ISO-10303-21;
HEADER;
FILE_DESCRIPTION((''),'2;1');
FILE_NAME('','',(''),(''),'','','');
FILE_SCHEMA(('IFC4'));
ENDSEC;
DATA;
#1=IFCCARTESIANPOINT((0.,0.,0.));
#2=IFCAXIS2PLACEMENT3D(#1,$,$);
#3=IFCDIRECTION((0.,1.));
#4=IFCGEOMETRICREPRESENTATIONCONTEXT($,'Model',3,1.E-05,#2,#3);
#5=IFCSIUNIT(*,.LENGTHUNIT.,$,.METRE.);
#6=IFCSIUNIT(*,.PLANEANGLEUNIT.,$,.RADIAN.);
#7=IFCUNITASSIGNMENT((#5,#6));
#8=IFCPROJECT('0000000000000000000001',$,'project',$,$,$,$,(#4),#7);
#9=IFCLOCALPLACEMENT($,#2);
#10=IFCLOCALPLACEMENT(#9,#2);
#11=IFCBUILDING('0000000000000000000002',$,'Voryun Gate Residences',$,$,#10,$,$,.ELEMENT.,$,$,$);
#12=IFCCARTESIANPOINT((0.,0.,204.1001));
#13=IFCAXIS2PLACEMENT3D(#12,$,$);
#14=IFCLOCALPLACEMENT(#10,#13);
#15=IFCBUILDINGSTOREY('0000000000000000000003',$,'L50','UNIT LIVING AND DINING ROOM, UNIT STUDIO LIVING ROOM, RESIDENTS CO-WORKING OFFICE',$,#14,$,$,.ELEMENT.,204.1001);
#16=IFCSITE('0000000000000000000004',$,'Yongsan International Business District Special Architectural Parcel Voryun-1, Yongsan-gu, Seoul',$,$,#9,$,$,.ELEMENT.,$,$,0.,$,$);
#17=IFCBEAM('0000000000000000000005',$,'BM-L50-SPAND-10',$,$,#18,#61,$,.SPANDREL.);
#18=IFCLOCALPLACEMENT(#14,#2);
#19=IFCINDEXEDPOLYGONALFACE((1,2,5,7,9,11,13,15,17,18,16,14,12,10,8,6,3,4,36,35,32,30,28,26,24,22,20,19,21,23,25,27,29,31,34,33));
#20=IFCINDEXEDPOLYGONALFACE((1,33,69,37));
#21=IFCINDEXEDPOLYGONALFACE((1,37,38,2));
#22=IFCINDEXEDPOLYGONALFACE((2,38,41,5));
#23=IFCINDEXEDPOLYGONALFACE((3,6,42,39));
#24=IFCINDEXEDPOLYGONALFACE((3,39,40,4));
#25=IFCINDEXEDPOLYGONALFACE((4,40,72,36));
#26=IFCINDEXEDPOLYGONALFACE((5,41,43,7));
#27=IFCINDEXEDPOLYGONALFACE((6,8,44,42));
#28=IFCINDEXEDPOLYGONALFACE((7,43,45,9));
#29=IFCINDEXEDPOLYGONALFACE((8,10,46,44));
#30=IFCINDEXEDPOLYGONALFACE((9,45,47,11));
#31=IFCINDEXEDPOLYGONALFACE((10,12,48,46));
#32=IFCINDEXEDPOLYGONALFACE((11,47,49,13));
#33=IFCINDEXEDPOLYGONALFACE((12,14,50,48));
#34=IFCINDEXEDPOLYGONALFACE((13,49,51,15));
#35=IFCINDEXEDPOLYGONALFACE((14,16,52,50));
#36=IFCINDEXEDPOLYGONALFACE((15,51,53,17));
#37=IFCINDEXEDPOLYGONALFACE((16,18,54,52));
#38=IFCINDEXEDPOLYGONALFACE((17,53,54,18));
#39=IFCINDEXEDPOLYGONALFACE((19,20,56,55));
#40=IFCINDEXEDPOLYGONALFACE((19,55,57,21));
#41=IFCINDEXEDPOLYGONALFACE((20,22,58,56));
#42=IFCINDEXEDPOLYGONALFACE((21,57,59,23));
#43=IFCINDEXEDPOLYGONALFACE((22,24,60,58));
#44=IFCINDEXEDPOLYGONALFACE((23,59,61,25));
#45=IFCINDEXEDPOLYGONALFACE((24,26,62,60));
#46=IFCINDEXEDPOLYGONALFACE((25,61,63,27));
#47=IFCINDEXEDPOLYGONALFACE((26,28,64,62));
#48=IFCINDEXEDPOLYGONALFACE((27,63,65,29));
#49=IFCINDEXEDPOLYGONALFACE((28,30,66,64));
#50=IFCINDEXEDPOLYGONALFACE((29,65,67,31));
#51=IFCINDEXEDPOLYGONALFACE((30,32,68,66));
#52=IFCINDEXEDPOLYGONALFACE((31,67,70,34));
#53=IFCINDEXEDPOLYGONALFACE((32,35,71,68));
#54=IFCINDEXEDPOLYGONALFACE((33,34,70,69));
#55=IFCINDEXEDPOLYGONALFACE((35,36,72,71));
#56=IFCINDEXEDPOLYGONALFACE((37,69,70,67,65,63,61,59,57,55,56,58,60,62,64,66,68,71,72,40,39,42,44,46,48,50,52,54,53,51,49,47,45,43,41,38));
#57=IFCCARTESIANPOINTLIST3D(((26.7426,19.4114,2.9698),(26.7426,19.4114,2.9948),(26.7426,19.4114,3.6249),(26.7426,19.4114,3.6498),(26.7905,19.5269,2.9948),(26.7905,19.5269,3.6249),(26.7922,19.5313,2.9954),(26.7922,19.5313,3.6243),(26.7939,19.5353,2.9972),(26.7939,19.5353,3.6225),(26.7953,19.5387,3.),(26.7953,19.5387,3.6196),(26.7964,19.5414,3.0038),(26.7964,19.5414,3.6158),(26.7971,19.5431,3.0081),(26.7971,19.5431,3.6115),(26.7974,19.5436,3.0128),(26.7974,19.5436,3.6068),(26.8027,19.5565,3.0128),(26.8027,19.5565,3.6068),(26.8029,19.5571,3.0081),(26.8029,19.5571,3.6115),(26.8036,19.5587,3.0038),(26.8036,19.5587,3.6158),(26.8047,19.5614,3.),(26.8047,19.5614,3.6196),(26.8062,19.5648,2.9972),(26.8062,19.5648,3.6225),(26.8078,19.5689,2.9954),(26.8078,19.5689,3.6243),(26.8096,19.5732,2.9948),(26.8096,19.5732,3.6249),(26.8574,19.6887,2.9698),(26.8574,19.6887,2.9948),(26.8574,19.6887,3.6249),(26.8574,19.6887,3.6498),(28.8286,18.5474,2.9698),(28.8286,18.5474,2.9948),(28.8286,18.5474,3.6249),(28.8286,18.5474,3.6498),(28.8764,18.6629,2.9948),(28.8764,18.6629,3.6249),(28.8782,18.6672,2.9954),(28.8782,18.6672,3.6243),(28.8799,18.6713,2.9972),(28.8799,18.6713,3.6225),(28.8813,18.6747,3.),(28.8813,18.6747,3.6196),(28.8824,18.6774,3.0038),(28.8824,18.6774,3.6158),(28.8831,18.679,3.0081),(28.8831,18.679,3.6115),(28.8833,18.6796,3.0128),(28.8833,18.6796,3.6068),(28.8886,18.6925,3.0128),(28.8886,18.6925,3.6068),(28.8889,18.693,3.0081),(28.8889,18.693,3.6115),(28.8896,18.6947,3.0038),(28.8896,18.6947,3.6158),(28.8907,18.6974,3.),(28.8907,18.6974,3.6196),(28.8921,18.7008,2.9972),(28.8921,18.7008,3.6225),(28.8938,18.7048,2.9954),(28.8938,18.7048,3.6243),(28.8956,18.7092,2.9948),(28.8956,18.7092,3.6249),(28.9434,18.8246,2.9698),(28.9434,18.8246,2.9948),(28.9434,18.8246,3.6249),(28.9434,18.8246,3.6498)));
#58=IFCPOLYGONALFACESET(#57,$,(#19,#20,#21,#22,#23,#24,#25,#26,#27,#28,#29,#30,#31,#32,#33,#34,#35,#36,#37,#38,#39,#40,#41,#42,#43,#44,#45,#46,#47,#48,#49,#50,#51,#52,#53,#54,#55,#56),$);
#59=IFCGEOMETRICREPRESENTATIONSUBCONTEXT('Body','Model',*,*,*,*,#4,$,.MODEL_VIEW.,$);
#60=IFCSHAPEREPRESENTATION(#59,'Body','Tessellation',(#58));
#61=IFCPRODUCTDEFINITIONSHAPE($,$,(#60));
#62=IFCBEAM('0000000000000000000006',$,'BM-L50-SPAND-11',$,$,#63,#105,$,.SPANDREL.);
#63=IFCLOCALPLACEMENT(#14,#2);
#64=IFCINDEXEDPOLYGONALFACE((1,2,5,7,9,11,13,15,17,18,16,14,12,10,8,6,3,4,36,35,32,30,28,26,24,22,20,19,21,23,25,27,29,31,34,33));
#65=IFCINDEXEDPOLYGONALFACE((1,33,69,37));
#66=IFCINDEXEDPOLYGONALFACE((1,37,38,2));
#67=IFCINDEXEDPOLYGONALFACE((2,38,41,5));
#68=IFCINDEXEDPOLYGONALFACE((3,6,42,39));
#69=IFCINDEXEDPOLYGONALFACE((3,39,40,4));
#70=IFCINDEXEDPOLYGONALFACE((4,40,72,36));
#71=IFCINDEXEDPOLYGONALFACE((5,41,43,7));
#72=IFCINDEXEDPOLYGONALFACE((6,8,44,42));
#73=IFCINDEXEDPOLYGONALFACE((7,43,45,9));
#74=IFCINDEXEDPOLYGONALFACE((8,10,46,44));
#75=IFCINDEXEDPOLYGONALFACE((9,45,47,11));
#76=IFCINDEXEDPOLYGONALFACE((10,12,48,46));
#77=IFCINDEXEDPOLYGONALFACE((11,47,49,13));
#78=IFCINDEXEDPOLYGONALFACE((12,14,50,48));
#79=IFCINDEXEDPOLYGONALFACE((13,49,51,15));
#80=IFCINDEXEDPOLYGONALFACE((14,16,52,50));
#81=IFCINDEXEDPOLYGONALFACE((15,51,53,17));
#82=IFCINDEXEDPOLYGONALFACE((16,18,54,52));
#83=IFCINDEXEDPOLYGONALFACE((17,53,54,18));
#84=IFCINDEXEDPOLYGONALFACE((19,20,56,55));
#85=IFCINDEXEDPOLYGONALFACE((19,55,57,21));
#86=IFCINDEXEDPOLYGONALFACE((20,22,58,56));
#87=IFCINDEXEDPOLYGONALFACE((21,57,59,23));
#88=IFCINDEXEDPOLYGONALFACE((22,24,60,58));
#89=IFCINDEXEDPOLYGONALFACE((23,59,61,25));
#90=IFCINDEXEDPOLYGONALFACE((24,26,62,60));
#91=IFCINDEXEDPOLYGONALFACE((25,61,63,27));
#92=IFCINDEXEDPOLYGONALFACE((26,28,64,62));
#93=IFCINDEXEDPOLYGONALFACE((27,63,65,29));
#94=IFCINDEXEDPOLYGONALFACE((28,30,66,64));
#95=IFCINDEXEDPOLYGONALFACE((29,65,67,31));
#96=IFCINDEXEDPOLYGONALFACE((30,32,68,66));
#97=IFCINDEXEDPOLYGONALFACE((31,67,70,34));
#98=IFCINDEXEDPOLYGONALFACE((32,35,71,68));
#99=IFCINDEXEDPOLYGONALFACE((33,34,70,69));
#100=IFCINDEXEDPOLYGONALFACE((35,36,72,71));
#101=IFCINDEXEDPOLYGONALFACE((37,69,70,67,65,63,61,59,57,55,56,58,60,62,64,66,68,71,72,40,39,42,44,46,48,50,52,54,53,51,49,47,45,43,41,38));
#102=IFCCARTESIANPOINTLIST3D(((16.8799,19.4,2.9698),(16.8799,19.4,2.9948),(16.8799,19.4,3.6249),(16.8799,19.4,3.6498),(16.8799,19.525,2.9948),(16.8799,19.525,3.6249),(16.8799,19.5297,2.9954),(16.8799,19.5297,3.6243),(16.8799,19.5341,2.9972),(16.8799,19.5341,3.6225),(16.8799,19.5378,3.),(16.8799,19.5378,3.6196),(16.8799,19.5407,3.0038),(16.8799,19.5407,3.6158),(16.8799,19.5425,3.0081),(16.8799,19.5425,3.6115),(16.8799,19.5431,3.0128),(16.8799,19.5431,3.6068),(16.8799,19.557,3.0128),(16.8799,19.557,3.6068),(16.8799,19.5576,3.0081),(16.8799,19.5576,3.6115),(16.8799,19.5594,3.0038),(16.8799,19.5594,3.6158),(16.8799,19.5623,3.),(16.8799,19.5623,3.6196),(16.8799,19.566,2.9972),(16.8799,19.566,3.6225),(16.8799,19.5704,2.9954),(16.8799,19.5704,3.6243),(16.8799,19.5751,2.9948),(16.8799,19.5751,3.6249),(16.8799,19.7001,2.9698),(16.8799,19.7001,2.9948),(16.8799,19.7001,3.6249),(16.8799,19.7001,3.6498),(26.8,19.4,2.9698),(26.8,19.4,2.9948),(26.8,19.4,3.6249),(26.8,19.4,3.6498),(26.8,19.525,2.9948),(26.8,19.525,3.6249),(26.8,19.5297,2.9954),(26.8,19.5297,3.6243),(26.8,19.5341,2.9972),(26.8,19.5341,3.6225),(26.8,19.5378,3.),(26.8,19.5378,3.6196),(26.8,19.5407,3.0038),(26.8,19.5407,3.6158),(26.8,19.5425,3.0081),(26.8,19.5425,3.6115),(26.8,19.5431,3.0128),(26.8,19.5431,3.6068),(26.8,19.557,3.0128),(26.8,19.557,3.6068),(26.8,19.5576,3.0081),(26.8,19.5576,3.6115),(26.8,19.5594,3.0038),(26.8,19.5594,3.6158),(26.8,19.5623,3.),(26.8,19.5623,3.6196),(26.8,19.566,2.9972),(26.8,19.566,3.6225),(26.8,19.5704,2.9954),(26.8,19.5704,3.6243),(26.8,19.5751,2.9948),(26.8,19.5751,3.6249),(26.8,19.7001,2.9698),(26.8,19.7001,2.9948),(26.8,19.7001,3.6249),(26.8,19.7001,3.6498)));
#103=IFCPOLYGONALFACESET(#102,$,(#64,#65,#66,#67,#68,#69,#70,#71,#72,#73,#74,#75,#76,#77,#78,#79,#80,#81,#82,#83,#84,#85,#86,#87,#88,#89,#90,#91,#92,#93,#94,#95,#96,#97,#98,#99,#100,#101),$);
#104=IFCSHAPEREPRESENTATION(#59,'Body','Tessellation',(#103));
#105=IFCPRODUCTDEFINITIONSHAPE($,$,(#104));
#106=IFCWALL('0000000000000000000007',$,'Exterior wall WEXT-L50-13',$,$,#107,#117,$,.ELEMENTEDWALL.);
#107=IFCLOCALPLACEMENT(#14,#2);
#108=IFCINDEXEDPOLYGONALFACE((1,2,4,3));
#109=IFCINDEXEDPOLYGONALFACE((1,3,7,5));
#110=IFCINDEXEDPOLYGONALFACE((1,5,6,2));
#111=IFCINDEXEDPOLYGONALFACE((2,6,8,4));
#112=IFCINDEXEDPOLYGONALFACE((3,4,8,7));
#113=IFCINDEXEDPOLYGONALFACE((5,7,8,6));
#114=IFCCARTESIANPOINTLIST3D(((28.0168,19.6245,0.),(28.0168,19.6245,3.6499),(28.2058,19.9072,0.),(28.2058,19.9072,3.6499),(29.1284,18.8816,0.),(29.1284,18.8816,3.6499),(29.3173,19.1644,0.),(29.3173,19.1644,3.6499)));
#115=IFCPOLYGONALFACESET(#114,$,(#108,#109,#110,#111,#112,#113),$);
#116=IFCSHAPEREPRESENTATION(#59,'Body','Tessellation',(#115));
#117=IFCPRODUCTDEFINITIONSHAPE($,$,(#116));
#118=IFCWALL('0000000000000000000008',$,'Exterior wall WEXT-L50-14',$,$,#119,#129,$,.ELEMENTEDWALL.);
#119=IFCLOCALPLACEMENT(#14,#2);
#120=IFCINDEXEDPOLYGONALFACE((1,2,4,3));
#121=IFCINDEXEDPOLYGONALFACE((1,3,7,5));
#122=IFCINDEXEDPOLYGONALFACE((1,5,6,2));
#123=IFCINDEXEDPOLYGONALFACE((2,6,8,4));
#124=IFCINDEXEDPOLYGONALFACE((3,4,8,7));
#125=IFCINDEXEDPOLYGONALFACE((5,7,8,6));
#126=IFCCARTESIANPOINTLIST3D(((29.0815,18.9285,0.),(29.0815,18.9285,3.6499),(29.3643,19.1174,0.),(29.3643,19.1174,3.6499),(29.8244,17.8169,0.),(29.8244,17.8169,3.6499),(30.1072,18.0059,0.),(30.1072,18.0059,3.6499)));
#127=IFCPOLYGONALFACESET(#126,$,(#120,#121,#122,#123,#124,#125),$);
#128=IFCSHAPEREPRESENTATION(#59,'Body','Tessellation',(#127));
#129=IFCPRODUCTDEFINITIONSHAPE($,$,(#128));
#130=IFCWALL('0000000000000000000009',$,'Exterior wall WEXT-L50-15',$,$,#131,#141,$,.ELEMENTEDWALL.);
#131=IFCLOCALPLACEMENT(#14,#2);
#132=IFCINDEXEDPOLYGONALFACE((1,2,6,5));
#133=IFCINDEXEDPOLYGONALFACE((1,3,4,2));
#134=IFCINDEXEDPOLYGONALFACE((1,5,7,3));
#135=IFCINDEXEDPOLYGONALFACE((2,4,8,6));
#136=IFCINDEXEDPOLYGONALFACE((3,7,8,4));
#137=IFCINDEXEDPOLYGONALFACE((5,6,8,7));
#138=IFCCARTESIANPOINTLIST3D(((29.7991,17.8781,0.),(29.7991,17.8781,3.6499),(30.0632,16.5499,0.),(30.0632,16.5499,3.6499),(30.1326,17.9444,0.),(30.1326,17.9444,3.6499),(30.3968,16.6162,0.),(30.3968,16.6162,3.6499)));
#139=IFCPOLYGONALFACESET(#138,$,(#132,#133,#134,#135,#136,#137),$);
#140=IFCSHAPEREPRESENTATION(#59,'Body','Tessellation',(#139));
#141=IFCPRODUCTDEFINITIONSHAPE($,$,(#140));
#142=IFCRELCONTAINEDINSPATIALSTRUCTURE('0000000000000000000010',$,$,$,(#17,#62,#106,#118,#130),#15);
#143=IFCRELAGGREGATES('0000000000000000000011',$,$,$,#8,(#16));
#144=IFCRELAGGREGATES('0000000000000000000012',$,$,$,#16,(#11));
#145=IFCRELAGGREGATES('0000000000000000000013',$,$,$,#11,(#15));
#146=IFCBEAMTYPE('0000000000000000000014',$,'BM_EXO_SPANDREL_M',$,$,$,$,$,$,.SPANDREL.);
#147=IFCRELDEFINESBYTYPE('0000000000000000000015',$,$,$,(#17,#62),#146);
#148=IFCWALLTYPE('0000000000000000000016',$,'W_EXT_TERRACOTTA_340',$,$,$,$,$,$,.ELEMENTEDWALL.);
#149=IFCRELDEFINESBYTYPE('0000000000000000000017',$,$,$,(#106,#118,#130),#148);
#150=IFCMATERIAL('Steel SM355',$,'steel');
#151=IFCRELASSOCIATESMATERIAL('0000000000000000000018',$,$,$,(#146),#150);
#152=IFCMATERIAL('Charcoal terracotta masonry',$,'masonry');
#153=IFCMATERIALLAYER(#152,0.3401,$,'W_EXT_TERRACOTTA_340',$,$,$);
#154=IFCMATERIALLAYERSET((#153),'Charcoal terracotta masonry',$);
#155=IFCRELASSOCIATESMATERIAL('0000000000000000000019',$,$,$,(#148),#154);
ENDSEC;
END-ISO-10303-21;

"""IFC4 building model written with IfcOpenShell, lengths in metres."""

from ifc_helpers import new_model, si_unit, direction, frame, frame_2d, origin, origin_2d, place, context, subcontext, project, spatial, rectangle, i_section, extrude, material, layer, layer_set, material_profile, profile_set, type_object, element, save


model = new_model("IFC4")

# Units and contexts
model_context = context("Model", 3, precision=1e-05, world=origin(), true_north=direction((0.0, 1.0)))
body_context = subcontext(model_context, "Body", "Model", "MODEL_VIEW")
ifc_project = project(units=[si_unit("LENGTHUNIT", "METRE"), si_unit("PLANEANGLEUNIT", "RADIAN")], contexts=[model_context])

# Site, building, storey
site_placement = place(None, origin())
site = spatial("IfcSite", under=ifc_project, at=site_placement, Name="Yongsan International Business District Special Architectural Parcel Voryun-1, Yongsan-gu, Seoul", CompositionType="ELEMENT", RefElevation=0.0)
building_placement = place(site_placement, origin())
building = spatial("IfcBuilding", under=site, at=building_placement, Name="Voryun Gate Residences", CompositionType="ELEMENT")
storey_placement = place(building_placement, frame((0.0, 0.0, 204.1001)))
storey = spatial("IfcBuildingStorey", under=building, at=storey_placement, Name="L50", Description="UNIT LIVING AND DINING ROOM, UNIT STUDIO LIVING ROOM, RESIDENTS CO-WORKING OFFICE", CompositionType="ELEMENT", Elevation=204.1001)

# Beams
ifc_material_1 = material(Name="Steel SM355", Category="steel")
ifc_material_profile_1 = material_profile(ifc_material_1, i_section(OverallWidth=0.3, OverallDepth=0.6799, WebThickness=0.0139, FlangeThickness=0.0249, FilletRadius=0.0181, at=origin_2d()), Name="H-680x300x14x25")
ifc_profile_set_1 = profile_set([ifc_material_profile_1], Name="Steel SM355")
beam_type = type_object("IfcBeamType", Name="BM_EXO_SPANDREL_M", PredefinedType="SPANDREL", material=ifc_profile_set_1)
beam_1_placement = place(storey_placement, frame((28.886, 18.686, 3.3098), z_axis=(-0.923881, 0.38268, 0.0), x_axis=(-0.38268, -0.923881, 0.0)))
element("IfcBeam", 1, at=beam_1_placement, inside=storey, type_object=beam_type, Name="BM-L50-SPAND-10", PredefinedType="SPANDREL", context=body_context, shape_type="SweptSolid", body=[
    extrude(i_section(OverallWidth=0.3, OverallDepth=0.6799, WebThickness=0.0139, FlangeThickness=0.0249, FilletRadius=0.0181, at=origin_2d()), origin(), (0.0, 0.0, 1.0), 2.2578),
])
beam_2_placement = place(storey_placement, frame((26.8, 19.55, 3.3098), z_axis=(-1.0, 0.0, 0.0), x_axis=(0.0, -1.0, 0.0)))
element("IfcBeam", 2, at=beam_2_placement, inside=storey, type_object=beam_type, Name="BM-L50-SPAND-11", PredefinedType="SPANDREL", context=body_context, shape_type="SweptSolid", body=[
    extrude(i_section(OverallWidth=0.3, OverallDepth=0.6799, WebThickness=0.0139, FlangeThickness=0.0249, FilletRadius=0.0181, at=origin_2d()), origin(), (0.0, 0.0, 1.0), 9.9202),
])

# Walls
ifc_material_2 = material(Name="Charcoal terracotta masonry", Category="masonry")
ifc_layer_1 = layer(ifc_material_2, 0.3401, Name="W_EXT_TERRACOTTA_340")
ifc_layer_set_1 = layer_set([ifc_layer_1], Name="Charcoal terracotta masonry")
wall_type_1 = type_object("IfcWallType", Name="W_EXT_TERRACOTTA_340", PredefinedType="ELEMENTEDWALL", material=ifc_layer_set_1)
for number, where, z_axis, x_axis, name in (
    (3, (28.1113, 19.7659, 0.0), (0.0, 0.0, 1.0), (0.831404, -0.555669, 0.0), "Exterior wall WEXT-L50-13"),
    (4, (29.2229, 19.0229, 0.0), (0.0, 0.0, 1.0), (0.555669, -0.831404, 0.0), "Exterior wall WEXT-L50-14"),
):
    element("IfcWall", number, at=place(storey_placement, frame(where, z_axis=z_axis, x_axis=x_axis)), inside=storey, type_object=wall_type_1, Name=name, PredefinedType="ELEMENTEDWALL", context=body_context, shape_type="SweptSolid", body=[
        extrude(rectangle(XDim=1.3369, YDim=0.3401, at=frame_2d((0.6685, 0.0))), origin(), (0.0, 0.0, 1.0), 3.6499),
    ])
wall_1_placement = place(storey_placement, frame((29.9658, 17.9114, 0.0), z_axis=(0.0, 0.0, 1.0), x_axis=(0.195076, -0.980788, 0.0)))
element("IfcWall", 5, at=wall_1_placement, inside=storey, type_object=wall_type_1, Name="Exterior wall WEXT-L50-15", PredefinedType="ELEMENTEDWALL", context=body_context, shape_type="SweptSolid", body=[
    extrude(rectangle(XDim=1.3542, YDim=0.3401, at=frame_2d((0.6772, 0.0))), origin(), (0.0, 0.0, 1.0), 3.6499),
])

save(model, "model.ifc")
